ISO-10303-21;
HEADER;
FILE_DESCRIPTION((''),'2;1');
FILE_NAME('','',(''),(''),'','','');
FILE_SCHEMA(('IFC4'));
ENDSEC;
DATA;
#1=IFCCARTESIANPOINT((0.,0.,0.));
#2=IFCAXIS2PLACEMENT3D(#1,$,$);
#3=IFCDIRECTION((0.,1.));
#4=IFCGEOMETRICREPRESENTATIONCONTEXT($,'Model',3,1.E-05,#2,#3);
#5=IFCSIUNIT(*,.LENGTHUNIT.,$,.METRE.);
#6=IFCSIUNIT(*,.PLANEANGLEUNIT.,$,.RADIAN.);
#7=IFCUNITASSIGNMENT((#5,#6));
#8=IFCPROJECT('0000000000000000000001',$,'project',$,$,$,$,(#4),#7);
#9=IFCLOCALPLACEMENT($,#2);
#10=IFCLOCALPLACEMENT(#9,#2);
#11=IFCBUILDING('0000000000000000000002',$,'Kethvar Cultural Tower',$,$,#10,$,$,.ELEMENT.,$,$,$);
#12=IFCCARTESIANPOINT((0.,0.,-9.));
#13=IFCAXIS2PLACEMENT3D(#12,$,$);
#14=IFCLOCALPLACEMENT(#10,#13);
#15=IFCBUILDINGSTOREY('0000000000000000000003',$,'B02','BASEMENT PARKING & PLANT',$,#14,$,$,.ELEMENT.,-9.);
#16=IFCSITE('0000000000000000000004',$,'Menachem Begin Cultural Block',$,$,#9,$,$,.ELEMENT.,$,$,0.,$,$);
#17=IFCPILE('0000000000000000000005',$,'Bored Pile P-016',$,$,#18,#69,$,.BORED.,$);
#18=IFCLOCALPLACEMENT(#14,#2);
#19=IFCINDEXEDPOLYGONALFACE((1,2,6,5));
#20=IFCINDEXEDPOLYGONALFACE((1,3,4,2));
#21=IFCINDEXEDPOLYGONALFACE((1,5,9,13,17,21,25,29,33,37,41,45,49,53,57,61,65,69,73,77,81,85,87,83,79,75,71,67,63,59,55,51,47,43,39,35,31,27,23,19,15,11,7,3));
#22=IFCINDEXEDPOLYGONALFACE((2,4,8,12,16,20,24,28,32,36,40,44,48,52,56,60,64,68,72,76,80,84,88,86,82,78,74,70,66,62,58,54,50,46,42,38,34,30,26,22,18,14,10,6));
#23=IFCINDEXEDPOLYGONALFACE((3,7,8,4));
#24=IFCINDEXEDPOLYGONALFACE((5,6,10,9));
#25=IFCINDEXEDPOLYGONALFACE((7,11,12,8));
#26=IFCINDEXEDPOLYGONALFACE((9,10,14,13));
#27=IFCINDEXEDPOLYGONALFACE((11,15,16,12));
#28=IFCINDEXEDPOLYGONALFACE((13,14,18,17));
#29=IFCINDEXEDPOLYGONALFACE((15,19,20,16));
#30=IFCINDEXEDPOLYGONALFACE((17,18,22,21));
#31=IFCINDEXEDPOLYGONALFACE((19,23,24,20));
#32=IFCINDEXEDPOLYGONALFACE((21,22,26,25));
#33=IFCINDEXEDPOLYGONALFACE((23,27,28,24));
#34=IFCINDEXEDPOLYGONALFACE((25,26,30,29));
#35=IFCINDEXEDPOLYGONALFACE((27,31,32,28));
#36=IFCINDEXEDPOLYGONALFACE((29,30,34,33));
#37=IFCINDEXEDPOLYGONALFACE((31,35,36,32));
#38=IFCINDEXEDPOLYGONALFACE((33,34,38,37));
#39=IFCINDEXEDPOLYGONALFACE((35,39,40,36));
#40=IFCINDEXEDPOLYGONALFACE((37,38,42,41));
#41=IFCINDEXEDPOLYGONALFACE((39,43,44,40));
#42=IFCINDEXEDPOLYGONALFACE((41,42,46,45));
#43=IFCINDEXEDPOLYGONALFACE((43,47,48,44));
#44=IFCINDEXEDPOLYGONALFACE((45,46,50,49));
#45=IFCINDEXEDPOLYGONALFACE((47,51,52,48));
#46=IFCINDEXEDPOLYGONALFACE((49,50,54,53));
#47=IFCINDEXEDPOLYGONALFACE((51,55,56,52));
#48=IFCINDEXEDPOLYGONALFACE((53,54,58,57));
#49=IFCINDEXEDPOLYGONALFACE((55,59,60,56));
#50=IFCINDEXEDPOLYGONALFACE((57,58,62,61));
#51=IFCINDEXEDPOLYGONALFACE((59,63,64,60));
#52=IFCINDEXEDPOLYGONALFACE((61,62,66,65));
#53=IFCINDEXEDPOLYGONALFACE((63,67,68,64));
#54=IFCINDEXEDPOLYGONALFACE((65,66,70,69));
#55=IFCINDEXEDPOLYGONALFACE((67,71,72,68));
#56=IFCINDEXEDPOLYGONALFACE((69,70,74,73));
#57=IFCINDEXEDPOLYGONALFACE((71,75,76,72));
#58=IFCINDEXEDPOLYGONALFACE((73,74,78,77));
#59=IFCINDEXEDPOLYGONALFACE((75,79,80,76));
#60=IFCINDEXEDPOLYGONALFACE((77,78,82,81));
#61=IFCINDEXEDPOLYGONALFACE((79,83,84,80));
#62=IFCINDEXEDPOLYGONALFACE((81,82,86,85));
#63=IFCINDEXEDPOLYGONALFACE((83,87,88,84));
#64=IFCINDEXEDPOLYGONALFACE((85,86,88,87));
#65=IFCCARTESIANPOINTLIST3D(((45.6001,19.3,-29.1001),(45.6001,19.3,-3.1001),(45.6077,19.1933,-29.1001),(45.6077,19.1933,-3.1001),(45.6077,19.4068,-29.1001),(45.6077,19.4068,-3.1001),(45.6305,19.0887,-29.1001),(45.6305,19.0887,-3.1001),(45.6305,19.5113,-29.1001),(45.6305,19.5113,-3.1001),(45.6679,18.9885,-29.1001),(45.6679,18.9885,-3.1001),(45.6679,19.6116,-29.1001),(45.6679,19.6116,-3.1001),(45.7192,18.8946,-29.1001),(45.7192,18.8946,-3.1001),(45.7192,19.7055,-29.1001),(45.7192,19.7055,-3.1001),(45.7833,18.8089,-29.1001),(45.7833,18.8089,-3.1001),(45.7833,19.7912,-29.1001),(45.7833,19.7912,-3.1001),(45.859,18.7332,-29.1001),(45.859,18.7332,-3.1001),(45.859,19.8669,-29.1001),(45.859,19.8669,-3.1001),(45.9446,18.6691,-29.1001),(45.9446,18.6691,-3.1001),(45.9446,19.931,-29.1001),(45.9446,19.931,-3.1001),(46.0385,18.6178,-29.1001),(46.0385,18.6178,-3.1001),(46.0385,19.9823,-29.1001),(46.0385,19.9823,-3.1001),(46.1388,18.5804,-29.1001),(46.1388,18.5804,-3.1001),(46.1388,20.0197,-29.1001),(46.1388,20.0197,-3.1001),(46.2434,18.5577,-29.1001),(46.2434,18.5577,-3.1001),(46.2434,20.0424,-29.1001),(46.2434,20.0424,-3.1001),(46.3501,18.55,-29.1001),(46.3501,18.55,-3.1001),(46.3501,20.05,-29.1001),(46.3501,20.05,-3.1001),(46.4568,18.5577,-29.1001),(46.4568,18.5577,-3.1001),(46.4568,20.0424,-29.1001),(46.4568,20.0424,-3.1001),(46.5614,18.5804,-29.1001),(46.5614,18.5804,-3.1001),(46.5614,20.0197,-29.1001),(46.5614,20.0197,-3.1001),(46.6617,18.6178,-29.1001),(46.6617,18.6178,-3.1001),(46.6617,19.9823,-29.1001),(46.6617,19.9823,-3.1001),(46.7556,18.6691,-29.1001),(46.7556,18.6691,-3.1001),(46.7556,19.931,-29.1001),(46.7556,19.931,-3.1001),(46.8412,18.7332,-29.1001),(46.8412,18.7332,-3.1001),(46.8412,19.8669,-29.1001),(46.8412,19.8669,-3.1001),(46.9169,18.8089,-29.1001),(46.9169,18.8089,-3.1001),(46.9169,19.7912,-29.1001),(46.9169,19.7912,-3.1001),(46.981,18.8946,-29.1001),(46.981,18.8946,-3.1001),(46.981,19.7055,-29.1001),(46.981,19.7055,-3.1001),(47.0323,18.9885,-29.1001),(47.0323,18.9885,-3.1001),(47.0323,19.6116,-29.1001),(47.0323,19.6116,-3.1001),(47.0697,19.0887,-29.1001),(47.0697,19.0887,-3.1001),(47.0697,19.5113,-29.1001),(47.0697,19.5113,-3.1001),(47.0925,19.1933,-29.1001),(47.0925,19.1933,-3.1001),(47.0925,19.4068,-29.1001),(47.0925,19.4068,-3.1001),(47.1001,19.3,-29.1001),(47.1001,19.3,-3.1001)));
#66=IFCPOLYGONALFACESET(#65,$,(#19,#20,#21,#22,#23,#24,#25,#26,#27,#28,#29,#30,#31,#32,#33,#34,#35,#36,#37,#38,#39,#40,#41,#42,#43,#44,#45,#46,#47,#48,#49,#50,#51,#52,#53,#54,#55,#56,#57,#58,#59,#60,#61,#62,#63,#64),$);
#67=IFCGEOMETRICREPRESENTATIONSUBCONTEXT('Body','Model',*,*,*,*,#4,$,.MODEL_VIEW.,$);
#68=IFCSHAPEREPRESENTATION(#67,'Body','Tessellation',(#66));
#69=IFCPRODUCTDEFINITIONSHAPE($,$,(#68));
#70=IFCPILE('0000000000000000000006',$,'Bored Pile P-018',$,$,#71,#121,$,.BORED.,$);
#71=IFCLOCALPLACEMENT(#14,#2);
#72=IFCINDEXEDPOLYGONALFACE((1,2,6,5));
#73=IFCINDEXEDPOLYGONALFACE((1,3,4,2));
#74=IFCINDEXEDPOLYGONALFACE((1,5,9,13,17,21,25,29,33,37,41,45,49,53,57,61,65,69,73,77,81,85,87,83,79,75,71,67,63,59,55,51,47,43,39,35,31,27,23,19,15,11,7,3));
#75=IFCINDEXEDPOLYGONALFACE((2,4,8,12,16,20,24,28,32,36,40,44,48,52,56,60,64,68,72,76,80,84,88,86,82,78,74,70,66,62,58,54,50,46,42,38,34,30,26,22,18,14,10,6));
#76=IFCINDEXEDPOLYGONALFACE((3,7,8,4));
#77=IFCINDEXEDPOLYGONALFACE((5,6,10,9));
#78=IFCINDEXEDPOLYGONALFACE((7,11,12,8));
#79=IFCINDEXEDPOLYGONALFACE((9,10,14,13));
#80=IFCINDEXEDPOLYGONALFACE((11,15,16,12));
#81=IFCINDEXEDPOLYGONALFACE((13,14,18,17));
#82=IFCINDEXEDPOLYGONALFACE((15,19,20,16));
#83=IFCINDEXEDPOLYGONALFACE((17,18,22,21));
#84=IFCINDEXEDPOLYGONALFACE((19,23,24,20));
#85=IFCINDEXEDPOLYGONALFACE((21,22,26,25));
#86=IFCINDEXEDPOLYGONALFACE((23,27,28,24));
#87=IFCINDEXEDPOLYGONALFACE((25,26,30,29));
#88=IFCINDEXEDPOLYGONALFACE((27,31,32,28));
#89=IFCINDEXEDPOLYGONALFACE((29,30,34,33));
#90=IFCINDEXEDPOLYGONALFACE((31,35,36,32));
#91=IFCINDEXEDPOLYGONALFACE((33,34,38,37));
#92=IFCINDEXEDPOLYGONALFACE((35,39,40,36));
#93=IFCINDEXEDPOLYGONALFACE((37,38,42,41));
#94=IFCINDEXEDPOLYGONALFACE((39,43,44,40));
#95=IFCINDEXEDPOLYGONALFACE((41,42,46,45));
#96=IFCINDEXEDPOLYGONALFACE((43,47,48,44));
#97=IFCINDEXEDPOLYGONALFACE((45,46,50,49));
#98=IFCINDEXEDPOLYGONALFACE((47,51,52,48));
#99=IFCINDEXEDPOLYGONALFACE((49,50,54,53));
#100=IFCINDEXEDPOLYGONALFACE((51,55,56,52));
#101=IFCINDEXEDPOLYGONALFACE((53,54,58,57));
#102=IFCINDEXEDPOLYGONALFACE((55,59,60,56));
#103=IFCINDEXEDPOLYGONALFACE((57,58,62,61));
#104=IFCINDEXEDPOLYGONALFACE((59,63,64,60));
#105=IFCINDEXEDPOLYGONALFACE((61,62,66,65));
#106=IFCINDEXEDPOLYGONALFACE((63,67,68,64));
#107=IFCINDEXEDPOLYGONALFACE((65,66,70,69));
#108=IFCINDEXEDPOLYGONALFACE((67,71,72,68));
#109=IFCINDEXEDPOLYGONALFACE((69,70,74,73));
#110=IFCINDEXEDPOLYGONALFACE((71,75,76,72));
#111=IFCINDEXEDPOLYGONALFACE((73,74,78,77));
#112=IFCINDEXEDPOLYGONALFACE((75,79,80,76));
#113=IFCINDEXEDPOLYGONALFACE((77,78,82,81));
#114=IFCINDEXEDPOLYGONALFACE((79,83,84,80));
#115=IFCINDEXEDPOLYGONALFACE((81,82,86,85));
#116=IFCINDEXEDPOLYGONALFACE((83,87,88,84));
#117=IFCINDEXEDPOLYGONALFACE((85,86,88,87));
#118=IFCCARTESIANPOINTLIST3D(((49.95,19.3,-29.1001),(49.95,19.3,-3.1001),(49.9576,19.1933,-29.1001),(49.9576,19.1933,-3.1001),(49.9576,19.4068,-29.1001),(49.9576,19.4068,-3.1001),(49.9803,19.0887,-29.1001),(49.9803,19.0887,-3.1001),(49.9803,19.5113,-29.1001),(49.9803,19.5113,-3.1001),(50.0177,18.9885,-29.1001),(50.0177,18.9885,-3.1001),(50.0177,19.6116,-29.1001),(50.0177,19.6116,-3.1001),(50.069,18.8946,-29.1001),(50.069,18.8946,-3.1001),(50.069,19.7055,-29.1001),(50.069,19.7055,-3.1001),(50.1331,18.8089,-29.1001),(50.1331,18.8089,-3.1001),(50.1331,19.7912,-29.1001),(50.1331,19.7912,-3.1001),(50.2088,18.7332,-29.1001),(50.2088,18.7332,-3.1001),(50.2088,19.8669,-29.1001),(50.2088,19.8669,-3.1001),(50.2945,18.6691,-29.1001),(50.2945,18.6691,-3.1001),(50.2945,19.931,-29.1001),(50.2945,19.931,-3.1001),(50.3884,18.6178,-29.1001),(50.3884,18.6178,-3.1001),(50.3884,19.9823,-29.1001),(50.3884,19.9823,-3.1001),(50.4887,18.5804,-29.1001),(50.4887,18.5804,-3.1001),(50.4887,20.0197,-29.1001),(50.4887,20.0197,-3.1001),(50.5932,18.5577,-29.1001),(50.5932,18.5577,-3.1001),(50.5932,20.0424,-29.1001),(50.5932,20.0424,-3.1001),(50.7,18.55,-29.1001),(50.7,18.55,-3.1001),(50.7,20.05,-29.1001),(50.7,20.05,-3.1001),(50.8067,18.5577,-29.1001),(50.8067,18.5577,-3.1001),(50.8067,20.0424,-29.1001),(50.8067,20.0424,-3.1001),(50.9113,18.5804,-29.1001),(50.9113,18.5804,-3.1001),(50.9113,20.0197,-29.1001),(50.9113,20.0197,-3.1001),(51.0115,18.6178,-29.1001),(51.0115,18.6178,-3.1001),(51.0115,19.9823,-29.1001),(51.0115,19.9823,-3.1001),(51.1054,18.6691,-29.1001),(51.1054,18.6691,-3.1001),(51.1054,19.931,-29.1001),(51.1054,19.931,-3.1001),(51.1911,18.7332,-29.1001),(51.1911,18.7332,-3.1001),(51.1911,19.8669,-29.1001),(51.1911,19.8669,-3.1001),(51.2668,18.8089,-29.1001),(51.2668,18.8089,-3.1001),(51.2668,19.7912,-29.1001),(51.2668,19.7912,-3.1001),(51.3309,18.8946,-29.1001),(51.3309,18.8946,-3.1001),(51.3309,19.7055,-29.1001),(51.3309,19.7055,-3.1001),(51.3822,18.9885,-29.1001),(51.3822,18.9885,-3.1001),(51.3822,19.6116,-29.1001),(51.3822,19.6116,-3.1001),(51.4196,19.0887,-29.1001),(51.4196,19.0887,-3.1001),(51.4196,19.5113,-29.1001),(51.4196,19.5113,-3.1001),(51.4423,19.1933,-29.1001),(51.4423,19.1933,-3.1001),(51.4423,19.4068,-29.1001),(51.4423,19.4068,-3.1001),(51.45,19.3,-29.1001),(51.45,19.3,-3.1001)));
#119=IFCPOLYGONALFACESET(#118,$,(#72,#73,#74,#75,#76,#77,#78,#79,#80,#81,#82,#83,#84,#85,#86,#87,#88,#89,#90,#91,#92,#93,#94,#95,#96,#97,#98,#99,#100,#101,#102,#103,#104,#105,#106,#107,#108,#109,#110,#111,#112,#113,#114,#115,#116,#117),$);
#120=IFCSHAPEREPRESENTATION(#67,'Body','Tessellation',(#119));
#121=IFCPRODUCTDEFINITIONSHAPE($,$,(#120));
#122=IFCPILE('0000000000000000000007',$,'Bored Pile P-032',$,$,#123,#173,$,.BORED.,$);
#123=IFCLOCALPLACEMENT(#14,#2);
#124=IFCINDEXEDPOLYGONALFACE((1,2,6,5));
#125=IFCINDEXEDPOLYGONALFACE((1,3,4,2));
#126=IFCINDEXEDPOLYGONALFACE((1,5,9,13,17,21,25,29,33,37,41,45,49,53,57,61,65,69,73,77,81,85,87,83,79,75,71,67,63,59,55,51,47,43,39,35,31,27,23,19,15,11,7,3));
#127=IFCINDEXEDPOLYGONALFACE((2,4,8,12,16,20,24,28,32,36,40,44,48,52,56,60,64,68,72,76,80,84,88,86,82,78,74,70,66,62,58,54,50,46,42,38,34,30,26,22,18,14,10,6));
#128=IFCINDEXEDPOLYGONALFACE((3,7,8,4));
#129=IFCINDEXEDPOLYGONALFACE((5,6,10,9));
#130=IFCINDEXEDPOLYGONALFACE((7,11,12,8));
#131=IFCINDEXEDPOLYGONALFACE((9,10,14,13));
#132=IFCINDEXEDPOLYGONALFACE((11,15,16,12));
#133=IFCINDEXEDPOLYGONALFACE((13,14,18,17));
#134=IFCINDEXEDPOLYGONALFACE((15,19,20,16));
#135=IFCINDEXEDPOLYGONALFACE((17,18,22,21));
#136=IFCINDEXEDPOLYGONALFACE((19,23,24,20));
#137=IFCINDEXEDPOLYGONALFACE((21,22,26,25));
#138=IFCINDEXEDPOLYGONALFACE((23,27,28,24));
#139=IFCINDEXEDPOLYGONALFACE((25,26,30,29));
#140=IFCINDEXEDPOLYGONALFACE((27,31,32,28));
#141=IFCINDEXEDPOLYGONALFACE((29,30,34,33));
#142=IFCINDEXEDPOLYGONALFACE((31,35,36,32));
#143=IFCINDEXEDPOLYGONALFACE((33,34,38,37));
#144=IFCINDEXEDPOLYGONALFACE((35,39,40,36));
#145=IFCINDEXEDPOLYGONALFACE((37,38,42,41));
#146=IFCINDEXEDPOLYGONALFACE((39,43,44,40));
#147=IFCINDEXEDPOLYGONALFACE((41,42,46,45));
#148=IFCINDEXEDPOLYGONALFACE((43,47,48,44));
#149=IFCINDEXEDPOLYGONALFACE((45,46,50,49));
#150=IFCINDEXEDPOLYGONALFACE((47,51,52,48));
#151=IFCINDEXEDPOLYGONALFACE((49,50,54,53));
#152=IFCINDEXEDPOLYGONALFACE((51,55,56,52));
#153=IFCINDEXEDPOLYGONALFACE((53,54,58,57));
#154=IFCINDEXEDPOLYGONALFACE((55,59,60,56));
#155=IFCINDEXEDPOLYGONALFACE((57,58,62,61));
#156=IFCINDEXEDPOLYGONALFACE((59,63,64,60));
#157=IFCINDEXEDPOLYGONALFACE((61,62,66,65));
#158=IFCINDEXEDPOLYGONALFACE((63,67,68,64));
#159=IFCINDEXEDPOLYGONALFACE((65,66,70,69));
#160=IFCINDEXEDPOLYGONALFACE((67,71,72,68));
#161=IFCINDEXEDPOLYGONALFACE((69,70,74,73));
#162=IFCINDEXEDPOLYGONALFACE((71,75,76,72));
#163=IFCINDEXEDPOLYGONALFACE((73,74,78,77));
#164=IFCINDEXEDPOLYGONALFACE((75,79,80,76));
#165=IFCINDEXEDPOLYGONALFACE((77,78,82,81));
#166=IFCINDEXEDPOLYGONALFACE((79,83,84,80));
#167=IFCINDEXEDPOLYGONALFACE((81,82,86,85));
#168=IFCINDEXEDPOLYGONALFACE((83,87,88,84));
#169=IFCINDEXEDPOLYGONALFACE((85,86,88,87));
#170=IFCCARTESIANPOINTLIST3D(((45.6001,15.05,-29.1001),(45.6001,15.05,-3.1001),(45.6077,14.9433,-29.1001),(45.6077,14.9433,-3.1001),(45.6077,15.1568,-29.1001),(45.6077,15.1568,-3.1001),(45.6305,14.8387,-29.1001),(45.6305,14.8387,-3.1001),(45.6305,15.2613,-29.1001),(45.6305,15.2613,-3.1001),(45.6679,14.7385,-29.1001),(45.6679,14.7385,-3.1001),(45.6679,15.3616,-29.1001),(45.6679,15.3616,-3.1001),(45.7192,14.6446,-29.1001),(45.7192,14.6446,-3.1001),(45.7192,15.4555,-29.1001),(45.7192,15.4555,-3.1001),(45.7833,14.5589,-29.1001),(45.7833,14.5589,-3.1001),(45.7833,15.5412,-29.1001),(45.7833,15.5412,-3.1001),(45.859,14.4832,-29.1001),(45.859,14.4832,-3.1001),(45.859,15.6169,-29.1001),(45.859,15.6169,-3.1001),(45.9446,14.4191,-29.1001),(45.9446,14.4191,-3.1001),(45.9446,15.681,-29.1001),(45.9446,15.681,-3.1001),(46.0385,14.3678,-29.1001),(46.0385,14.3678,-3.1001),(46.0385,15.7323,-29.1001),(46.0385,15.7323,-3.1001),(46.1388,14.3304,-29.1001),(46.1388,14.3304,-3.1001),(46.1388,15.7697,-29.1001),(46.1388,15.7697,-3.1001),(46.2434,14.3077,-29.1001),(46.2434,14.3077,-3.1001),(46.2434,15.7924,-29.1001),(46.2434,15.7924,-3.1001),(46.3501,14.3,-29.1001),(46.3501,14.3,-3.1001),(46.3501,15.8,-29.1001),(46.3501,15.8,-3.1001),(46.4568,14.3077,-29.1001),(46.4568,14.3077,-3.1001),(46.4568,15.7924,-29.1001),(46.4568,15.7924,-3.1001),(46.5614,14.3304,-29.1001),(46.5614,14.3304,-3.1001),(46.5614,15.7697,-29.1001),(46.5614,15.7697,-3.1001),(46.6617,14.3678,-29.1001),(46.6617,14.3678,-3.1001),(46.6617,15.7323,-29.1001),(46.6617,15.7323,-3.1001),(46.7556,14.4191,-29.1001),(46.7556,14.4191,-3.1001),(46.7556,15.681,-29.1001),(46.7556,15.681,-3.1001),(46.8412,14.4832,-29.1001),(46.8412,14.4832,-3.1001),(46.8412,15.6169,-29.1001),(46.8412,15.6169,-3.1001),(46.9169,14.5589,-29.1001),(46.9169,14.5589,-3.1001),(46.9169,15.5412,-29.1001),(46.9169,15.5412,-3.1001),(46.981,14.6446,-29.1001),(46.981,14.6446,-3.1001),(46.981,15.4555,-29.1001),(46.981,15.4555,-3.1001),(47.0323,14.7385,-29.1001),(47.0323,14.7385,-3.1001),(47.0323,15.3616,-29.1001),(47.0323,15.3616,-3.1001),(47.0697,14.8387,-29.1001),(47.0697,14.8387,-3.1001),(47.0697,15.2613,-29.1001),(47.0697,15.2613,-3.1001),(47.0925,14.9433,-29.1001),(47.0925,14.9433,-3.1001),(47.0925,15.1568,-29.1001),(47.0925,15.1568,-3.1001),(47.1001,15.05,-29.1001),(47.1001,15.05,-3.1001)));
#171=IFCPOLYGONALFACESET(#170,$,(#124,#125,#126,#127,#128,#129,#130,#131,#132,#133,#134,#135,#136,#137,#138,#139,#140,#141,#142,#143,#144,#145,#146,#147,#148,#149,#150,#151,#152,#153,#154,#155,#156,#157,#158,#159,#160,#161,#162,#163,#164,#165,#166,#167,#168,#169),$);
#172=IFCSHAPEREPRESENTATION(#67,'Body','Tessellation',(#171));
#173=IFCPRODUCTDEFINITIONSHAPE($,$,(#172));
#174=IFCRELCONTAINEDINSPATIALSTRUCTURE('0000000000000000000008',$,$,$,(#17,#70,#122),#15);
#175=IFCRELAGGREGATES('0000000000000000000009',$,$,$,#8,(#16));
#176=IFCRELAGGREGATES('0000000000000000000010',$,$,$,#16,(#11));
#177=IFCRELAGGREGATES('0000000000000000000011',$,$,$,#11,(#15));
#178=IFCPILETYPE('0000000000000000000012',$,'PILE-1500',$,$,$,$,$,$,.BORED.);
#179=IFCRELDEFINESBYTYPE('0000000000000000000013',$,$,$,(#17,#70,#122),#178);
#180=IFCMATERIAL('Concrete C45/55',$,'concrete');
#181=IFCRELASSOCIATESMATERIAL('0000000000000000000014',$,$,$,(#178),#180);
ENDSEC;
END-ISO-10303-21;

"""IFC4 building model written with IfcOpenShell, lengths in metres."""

from ifc_helpers import new_model, si_unit, direction, frame, origin, origin_2d, place, context, subcontext, project, spatial, circle, extrude, source, transform, mapped, material, material_profile, profile_set, type_object, element, save


model = new_model("IFC4")

# Units and contexts
model_context = context("Model", 3, precision=1e-05, world=origin(), true_north=direction((0.0, 1.0)))
body_context = subcontext(model_context, "Body", "Model", "MODEL_VIEW")
ifc_project = project(units=[si_unit("LENGTHUNIT", "METRE"), si_unit("PLANEANGLEUNIT", "RADIAN")], contexts=[model_context])

# Site, building, storey
site_placement = place(None, origin())
site = spatial("IfcSite", under=ifc_project, at=site_placement, Name="Menachem Begin Cultural Block", CompositionType="ELEMENT", RefElevation=0.0)
building_placement = place(site_placement, origin())
building = spatial("IfcBuilding", under=site, at=building_placement, Name="Kethvar Cultural Tower", CompositionType="ELEMENT")
storey_placement = place(building_placement, frame((0.0, 0.0, -9.0)))
storey = spatial("IfcBuildingStorey", under=building, at=storey_placement, Name="B02", Description="BASEMENT PARKING & PLANT", CompositionType="ELEMENT", Elevation=-9.0)

# Piles
ifc_material_1 = material(Name="Concrete C45/55", Category="concrete")
ifc_material_profile_1 = material_profile(ifc_material_1, circle(Radius=0.75, at=origin_2d()), Name="Concrete C45/55 — PILE1500")
ifc_profile_set_1 = profile_set([ifc_material_profile_1], Name="Concrete C45/55 — PILE1500")
pile_type = type_object("IfcPileType", Name="PILE-1500", PredefinedType="BORED", material=ifc_profile_set_1)
shared_shape_1 = source(origin(), body_context, "Body", "SweptSolid", [
    extrude(circle(Radius=0.75, at=origin_2d()), origin(), (0.0, 0.0, 1.0), 26.0),
])
for number, where, z_axis, x_axis, name in (
    (1, (46.3501, 19.3, -3.1001), (0.0, 0.0, -1.0), (1.0, 0.0, 0.0), "Bored Pile P-016"),
    (2, (50.7, 19.3, -3.1001), (0.0, 0.0, -1.0), (1.0, 0.0, 0.0), "Bored Pile P-018"),
    (3, (46.3501, 15.05, -3.1001), (0.0, 0.0, -1.0), (1.0, 0.0, 0.0), "Bored Pile P-032"),
):
    element("IfcPile", number, at=place(storey_placement, frame(where, z_axis=z_axis, x_axis=x_axis)), inside=storey, type_object=pile_type, Name=name, PredefinedType="BORED", context=body_context, shape_type="MappedRepresentation", body=[
        mapped(shared_shape_1, transform((0.0, 0.0, 0.0), scale=1.0)),
    ])

save(model, "model.ifc")
